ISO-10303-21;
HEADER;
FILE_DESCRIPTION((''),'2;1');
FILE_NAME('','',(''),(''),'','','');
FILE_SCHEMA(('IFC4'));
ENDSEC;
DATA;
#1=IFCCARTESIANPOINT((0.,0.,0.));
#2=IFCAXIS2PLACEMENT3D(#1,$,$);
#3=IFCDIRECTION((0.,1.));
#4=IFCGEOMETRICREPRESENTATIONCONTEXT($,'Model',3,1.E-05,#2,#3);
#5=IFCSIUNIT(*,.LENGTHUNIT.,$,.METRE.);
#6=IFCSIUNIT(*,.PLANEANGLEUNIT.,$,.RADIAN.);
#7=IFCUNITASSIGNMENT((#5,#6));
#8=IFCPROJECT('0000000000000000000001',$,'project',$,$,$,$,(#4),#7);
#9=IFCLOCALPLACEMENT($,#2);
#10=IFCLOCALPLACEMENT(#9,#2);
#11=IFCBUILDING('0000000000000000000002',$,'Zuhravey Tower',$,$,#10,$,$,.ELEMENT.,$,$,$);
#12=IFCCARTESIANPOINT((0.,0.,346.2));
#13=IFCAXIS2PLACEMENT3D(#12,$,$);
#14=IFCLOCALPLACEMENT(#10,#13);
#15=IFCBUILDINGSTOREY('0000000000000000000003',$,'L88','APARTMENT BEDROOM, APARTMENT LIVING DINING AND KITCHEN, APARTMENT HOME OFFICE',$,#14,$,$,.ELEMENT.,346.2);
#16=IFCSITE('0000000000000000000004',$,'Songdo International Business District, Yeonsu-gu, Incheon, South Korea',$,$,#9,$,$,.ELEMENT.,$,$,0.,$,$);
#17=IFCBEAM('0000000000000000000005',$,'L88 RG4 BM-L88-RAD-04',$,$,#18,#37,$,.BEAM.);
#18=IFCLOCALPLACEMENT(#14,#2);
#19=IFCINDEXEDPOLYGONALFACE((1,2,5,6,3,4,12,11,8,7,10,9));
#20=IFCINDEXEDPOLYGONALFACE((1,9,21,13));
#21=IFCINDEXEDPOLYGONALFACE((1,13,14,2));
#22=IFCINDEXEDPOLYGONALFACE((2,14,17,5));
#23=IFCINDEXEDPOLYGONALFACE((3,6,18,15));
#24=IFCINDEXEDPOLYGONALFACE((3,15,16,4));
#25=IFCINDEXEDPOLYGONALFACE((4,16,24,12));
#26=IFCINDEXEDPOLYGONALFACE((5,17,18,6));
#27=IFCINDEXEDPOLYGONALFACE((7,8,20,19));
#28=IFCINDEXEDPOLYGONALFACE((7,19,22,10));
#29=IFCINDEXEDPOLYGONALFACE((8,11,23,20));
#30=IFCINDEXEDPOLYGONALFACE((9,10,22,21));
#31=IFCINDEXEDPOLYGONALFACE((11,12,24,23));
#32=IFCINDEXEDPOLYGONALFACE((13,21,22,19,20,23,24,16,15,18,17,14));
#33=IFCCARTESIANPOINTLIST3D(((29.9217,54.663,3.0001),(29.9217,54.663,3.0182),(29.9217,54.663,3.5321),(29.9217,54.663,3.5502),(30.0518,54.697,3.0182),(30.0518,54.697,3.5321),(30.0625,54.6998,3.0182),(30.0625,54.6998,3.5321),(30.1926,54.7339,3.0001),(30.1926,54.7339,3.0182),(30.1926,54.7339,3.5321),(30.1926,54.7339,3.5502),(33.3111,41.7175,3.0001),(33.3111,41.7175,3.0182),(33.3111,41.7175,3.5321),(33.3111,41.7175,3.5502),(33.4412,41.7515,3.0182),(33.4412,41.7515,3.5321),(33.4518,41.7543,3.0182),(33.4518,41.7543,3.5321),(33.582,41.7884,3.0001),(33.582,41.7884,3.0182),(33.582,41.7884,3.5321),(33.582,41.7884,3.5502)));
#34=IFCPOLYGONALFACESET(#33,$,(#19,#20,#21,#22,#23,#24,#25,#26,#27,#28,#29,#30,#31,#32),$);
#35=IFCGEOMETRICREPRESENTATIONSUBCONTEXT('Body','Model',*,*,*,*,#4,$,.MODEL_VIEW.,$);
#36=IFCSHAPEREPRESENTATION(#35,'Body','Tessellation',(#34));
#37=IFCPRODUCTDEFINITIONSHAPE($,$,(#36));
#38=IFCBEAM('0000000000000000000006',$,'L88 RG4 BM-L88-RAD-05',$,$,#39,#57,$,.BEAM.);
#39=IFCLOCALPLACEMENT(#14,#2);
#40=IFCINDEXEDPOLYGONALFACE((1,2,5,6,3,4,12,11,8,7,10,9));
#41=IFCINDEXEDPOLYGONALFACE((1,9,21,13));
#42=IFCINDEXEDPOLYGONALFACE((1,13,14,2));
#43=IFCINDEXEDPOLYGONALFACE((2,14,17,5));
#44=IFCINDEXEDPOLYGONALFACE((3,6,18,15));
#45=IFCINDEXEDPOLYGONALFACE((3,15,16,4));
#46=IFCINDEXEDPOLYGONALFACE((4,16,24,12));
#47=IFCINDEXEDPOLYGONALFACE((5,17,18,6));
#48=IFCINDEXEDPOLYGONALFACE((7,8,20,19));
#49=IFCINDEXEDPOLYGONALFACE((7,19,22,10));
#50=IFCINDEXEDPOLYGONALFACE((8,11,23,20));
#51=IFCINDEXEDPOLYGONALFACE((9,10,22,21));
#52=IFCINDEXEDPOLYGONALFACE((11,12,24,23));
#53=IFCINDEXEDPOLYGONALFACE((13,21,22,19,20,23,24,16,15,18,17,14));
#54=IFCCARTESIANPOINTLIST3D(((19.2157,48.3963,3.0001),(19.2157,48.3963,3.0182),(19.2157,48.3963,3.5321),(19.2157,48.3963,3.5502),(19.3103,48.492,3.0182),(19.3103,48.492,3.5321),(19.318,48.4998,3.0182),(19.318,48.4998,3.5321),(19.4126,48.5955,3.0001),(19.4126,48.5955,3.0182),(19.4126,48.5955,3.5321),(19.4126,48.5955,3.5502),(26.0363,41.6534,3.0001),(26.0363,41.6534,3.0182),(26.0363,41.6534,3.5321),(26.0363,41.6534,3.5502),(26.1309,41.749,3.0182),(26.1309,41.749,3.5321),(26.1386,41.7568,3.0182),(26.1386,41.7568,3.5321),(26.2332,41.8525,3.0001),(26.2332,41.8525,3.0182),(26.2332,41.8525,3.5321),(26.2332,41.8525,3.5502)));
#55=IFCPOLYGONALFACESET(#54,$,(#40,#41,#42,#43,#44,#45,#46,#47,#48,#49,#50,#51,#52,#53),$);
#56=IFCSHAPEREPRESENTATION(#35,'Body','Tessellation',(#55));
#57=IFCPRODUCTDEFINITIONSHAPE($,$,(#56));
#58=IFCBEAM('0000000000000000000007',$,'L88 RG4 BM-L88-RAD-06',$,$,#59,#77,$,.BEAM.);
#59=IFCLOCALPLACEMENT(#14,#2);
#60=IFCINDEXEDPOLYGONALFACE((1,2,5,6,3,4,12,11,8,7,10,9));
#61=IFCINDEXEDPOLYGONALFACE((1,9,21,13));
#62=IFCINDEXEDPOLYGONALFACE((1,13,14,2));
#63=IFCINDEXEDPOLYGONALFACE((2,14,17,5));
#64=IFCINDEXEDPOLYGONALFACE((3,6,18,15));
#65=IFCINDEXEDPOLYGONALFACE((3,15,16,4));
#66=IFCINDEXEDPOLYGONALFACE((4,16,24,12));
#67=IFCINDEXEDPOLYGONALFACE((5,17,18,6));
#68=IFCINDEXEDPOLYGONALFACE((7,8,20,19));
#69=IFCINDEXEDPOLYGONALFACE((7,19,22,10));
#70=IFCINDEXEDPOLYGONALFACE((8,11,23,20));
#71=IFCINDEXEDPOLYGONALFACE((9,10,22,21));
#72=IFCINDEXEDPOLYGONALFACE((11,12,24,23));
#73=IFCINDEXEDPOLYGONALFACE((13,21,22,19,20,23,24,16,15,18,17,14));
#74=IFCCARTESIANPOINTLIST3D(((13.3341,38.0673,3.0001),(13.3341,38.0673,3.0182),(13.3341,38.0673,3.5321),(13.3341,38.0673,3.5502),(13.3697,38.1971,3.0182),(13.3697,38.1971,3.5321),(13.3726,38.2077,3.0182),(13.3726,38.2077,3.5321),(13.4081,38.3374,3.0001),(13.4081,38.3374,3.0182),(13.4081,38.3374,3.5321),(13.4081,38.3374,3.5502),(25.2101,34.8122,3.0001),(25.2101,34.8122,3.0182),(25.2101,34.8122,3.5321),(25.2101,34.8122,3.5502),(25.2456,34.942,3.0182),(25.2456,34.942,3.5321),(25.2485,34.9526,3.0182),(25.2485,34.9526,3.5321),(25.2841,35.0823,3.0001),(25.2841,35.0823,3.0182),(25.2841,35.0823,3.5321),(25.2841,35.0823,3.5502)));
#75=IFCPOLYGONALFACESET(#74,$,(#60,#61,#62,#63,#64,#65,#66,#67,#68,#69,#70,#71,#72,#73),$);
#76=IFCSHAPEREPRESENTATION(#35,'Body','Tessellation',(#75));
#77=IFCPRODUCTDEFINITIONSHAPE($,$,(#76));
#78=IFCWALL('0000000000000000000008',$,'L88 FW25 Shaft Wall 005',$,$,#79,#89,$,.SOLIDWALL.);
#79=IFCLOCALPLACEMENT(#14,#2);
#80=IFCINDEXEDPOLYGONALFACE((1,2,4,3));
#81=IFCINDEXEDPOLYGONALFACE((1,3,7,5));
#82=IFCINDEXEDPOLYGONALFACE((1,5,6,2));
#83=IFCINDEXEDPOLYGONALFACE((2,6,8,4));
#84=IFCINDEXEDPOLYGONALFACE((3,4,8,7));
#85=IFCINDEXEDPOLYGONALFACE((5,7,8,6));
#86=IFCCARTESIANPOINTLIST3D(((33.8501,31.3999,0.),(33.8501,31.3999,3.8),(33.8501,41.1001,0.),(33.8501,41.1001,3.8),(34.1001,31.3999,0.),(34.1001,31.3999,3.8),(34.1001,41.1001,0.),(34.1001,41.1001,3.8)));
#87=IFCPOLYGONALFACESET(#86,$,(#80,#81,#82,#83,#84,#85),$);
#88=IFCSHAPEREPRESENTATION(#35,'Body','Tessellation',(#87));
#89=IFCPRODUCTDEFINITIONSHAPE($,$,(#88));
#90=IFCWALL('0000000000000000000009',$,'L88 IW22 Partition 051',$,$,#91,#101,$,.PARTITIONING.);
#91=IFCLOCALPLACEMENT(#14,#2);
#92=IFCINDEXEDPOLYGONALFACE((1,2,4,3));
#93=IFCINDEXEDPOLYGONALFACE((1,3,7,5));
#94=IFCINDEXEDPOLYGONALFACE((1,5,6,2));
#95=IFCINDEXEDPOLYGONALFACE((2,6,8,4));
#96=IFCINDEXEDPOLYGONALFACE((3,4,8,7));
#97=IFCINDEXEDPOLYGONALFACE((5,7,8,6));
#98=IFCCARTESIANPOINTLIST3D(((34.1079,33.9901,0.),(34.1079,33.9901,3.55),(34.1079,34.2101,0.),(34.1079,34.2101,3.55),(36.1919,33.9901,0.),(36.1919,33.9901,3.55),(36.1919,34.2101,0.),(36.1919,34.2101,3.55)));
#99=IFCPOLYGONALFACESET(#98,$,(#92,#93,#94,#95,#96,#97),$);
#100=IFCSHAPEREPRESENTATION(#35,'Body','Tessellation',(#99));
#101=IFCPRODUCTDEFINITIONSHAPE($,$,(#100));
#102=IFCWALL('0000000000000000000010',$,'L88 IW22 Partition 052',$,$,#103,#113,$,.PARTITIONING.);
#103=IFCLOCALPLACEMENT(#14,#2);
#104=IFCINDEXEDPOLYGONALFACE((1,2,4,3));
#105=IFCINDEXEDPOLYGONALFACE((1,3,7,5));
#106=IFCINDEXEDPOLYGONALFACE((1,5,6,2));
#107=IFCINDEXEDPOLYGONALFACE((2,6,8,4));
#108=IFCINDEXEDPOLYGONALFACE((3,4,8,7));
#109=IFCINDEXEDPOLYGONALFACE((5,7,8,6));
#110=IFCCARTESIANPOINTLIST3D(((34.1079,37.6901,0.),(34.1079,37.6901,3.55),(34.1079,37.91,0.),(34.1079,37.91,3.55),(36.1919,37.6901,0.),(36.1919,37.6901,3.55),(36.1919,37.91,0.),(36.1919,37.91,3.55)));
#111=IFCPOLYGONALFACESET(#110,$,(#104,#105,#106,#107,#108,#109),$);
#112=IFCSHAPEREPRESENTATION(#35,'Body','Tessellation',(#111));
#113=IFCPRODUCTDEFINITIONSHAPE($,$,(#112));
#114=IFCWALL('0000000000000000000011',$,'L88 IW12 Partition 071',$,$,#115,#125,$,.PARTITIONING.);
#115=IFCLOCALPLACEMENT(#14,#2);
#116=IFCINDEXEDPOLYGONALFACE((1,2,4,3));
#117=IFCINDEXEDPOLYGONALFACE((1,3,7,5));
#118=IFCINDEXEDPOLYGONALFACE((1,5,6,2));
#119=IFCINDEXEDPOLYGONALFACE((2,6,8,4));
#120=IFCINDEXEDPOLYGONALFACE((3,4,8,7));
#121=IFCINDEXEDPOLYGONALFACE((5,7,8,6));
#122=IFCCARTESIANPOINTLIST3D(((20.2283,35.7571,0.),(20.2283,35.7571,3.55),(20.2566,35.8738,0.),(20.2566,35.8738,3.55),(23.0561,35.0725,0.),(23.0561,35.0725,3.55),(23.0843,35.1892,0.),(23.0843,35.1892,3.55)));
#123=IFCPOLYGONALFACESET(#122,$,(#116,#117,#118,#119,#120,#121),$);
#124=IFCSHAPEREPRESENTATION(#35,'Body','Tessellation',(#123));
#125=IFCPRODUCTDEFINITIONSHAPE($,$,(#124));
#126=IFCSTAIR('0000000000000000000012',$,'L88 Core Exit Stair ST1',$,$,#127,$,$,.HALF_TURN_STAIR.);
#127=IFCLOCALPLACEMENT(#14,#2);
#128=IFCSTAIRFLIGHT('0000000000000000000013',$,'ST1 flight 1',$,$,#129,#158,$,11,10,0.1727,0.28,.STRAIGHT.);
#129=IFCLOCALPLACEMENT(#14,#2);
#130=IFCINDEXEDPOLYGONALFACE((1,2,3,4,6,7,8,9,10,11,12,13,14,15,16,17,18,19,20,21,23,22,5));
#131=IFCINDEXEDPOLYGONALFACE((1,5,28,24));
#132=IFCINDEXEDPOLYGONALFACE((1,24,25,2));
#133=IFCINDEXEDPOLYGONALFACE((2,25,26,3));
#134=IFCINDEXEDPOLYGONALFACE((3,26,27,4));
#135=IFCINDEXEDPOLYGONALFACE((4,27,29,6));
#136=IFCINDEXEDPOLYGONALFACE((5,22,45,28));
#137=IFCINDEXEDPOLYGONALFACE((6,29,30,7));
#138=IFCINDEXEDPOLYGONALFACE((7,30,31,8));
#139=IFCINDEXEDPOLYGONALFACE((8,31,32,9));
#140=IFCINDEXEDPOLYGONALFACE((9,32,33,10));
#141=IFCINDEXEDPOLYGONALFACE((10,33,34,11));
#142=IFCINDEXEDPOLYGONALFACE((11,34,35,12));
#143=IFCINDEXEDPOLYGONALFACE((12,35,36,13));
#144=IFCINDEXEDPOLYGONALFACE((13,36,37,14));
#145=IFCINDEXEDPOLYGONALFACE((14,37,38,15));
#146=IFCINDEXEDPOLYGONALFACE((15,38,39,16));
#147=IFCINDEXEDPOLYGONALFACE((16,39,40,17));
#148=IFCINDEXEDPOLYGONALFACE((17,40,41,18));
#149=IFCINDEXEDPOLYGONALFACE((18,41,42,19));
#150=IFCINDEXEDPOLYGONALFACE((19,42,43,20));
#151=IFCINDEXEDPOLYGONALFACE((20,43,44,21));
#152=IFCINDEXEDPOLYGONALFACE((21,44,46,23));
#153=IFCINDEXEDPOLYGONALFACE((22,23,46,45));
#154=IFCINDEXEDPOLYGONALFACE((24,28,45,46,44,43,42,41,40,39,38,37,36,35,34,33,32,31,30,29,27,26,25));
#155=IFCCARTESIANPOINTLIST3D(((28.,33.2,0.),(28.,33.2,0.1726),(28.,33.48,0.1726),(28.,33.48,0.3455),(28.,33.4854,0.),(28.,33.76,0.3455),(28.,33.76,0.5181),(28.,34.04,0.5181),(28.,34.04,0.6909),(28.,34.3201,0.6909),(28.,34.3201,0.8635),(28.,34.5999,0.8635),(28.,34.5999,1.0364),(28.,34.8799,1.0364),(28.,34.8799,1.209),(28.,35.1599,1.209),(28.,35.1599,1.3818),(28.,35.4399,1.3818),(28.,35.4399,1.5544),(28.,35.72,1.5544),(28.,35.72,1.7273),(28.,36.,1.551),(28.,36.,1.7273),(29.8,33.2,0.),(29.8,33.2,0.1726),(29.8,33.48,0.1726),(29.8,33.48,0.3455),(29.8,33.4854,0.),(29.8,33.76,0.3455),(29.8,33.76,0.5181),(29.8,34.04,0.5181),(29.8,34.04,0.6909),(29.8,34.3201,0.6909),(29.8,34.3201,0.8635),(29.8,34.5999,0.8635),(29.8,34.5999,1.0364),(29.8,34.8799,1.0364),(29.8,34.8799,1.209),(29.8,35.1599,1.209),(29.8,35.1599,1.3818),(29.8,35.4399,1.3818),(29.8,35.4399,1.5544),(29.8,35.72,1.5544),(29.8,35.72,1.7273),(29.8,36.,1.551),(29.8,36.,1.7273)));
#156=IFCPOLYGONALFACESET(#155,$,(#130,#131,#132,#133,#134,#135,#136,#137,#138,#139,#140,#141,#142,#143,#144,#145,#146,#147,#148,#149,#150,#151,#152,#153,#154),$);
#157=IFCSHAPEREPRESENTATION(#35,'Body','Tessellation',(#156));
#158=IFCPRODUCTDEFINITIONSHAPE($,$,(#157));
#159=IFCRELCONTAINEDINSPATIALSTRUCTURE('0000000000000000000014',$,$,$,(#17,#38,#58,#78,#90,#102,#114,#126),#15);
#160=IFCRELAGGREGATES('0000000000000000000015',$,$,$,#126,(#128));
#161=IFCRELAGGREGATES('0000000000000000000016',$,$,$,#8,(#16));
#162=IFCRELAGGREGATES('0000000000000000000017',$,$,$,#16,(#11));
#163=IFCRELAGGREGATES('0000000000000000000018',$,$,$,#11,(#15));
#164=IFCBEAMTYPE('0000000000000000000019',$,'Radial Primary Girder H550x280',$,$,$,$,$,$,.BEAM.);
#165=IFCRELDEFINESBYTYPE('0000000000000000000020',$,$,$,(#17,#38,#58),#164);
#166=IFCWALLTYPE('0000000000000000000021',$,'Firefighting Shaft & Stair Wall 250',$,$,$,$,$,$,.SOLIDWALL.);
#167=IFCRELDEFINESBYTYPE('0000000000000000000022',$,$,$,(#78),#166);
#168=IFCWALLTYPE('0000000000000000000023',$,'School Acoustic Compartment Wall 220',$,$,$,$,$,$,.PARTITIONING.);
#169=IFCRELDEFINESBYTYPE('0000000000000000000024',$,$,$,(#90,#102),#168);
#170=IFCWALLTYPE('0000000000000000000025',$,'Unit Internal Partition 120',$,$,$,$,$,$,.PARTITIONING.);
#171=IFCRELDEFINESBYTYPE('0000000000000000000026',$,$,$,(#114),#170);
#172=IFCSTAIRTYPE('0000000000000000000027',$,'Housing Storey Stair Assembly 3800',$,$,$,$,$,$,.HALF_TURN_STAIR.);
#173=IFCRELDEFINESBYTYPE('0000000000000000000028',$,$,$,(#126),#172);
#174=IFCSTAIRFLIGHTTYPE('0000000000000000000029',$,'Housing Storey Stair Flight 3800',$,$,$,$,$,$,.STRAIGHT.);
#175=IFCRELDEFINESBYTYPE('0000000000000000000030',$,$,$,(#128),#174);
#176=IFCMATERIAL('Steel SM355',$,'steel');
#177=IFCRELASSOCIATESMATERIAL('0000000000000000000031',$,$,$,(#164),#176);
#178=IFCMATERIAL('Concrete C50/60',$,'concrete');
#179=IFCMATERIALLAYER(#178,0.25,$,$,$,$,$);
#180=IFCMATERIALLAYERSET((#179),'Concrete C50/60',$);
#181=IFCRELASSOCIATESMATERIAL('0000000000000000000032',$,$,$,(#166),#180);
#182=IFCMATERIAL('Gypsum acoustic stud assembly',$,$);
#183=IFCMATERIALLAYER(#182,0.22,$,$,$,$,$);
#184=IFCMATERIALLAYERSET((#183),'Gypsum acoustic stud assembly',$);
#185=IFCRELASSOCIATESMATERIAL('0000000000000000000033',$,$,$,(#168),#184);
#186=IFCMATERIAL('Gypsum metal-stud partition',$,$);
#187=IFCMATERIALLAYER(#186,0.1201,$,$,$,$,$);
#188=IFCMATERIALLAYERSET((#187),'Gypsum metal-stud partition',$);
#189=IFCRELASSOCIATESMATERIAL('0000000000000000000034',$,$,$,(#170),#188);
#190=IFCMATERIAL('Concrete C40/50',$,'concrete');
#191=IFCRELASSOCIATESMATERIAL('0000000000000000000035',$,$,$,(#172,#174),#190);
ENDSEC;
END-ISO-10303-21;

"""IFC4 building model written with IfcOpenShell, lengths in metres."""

from ifc_helpers import new_model, si_unit, direction, frame, frame_2d, origin, origin_2d, place, context, subcontext, project, spatial, polyline, rectangle, i_section, outline, extrude, material, layer, layer_set, material_profile, profile_set, type_object, element, aggregate, save


model = new_model("IFC4")

# Units and contexts
model_context = context("Model", 3, precision=1e-05, world=origin(), true_north=direction((0.0, 1.0)))
body_context = subcontext(model_context, "Body", "Model", "MODEL_VIEW")
ifc_project = project(units=[si_unit("LENGTHUNIT", "METRE"), si_unit("PLANEANGLEUNIT", "RADIAN")], contexts=[model_context])

# Site, building, storey
site_placement = place(None, origin())
site = spatial("IfcSite", under=ifc_project, at=site_placement, Name="Songdo International Business District, Yeonsu-gu, Incheon, South Korea", CompositionType="ELEMENT", RefElevation=0.0)
building_placement = place(site_placement, origin())
building = spatial("IfcBuilding", under=site, at=building_placement, Name="Zuhravey Tower", CompositionType="ELEMENT")
storey_placement = place(building_placement, frame((0.0, 0.0, 346.2)))
storey = spatial("IfcBuildingStorey", under=building, at=storey_placement, Name="L88", Description="APARTMENT BEDROOM, APARTMENT LIVING DINING AND KITCHEN, APARTMENT HOME OFFICE", CompositionType="ELEMENT", Elevation=346.2)

# Beams
ifc_material_1 = material(Name="Steel SM355", Category="steel")
ifc_material_profile = material_profile(ifc_material_1, i_section(OverallWidth=0.28, OverallDepth=0.55, WebThickness=0.011, FlangeThickness=0.0181, at=origin_2d()), Name="H-550x280x11x18")
ifc_profile_set = profile_set([ifc_material_profile], Name="Steel SM355")
beam_type = type_object("IfcBeamType", Name="Radial Primary Girder H550x280", PredefinedType="BEAM", material=ifc_profile_set)
beam_1_placement = place(storey_placement, frame((33.4465, 41.7529, 3.2751), z_axis=(-0.253283, 0.967392, 0.0), x_axis=(-0.967392, -0.253283, 0.0)))
element("IfcBeam", 1, at=beam_1_placement, inside=storey, type_object=beam_type, Name="L88 RG4 BM-L88-RAD-04", PredefinedType="BEAM", context=body_context, shape_type="SweptSolid", body=[
    extrude(i_section(OverallWidth=0.28, OverallDepth=0.55, WebThickness=0.011, FlangeThickness=0.0181, at=origin_2d()), origin(), (0.0, 0.0, 1.0), 13.3818),
])
beam_2_placement = place(storey_placement, frame((26.1348, 41.7529, 3.2751), z_axis=(-0.711143, 0.703048, 0.0), x_axis=(-0.703048, -0.711143, 0.0)))
element("IfcBeam", 2, at=beam_2_placement, inside=storey, type_object=beam_type, Name="L88 RG4 BM-L88-RAD-05", PredefinedType="BEAM", context=body_context, shape_type="SweptSolid", body=[
    extrude(i_section(OverallWidth=0.28, OverallDepth=0.55, WebThickness=0.011, FlangeThickness=0.0181, at=origin_2d()), origin(), (0.0, 0.0, 1.0), 9.5911),
])
beam_3_placement = place(storey_placement, frame((25.2471, 34.9473, 3.2751), z_axis=(-0.964429, 0.264344, 0.0), x_axis=(-0.264344, -0.964429, 0.0)))
element("IfcBeam", 3, at=beam_3_placement, inside=storey, type_object=beam_type, Name="L88 RG4 BM-L88-RAD-06", PredefinedType="BEAM", context=body_context, shape_type="SweptSolid", body=[
    extrude(i_section(OverallWidth=0.28, OverallDepth=0.55, WebThickness=0.011, FlangeThickness=0.0181, at=origin_2d()), origin(), (0.0, 0.0, 1.0), 12.314),
])

# Walls
ifc_material_2 = material(Name="Concrete C50/60", Category="concrete")
ifc_layer_1 = layer(ifc_material_2, 0.25)
ifc_layer_set_1 = layer_set([ifc_layer_1], Name="Concrete C50/60")
wall_type_1 = type_object("IfcWallType", Name="Firefighting Shaft & Stair Wall 250", PredefinedType="SOLIDWALL", material=ifc_layer_set_1)
wall_1_placement = place(storey_placement, frame((33.9751, 31.3999, 0.0), z_axis=(0.0, 0.0, 1.0), x_axis=(0.0, 1.0, 0.0)))
element("IfcWall", 4, at=wall_1_placement, inside=storey, type_object=wall_type_1, Name="L88 FW25 Shaft Wall 005", PredefinedType="SOLIDWALL", context=body_context, shape_type="SweptSolid", body=[
    extrude(rectangle(XDim=9.7002, YDim=0.25, at=frame_2d((4.8501, 0.0))), origin(), (0.0, 0.0, 1.0), 3.8),
])
ifc_material_3 = material(Name="Gypsum acoustic stud assembly")
ifc_layer_2 = layer(ifc_material_3, 0.22)
ifc_layer_set_2 = layer_set([ifc_layer_2], Name="Gypsum acoustic stud assembly")
wall_type_2 = type_object("IfcWallType", Name="School Acoustic Compartment Wall 220", PredefinedType="PARTITIONING", material=ifc_layer_set_2)
for number, where, z_axis, x_axis, name in (
    (5, (34.1079, 34.1001, 0.0), (0.0, 0.0, 1.0), (1.0, 0.0, 0.0), "L88 IW22 Partition 051"),
    (6, (34.1079, 37.8, 0.0), (0.0, 0.0, 1.0), (1.0, 0.0, 0.0), "L88 IW22 Partition 052"),
):
    element("IfcWall", number, at=place(storey_placement, frame(where, z_axis=z_axis, x_axis=x_axis)), inside=storey, type_object=wall_type_2, Name=name, PredefinedType="PARTITIONING", context=body_context, shape_type="SweptSolid", body=[
        extrude(rectangle(XDim=2.084, YDim=0.22, at=frame_2d((1.042, 0.0))), origin(), (0.0, 0.0, 1.0), 3.55),
    ])
ifc_material_4 = material(Name="Gypsum metal-stud partition")
ifc_layer_3 = layer(ifc_material_4, 0.1201)
ifc_layer_set_3 = layer_set([ifc_layer_3], Name="Gypsum metal-stud partition")
wall_type_3 = type_object("IfcWallType", Name="Unit Internal Partition 120", PredefinedType="PARTITIONING", material=ifc_layer_set_3)
wall_2_placement = place(storey_placement, frame((23.0701, 35.1309, 0.0), z_axis=(0.0, 0.0, 1.0), x_axis=(-0.971922, 0.235302, 0.0)))
element("IfcWall", 7, at=wall_2_placement, inside=storey, type_object=wall_type_3, Name="L88 IW12 Partition 071", PredefinedType="PARTITIONING", context=body_context, shape_type="SweptSolid", body=[
    extrude(rectangle(XDim=2.9094, YDim=0.1201, at=frame_2d((1.4546, 0.0))), origin(), (0.0, 0.0, 1.0), 3.55),
])

# Stair, stair flight
ifc_material_5 = material(Name="Concrete C40/50", Category="concrete")
stair_type = type_object("IfcStairType", Name="Housing Storey Stair Assembly 3800", PredefinedType="HALF_TURN_STAIR", material=ifc_material_5)
stair_1_placement = place(storey_placement, origin())
stair_1 = element("IfcStair", 8, at=stair_1_placement, inside=storey, type_object=stair_type, Name="L88 Core Exit Stair ST1", PredefinedType="HALF_TURN_STAIR")
stair_flight_type = type_object("IfcStairFlightType", Name="Housing Storey Stair Flight 3800", PredefinedType="STRAIGHT", material=ifc_material_5)
stair_flight_1_placement = place(storey_placement, frame((28.8999, 33.2, 0.0), z_axis=(0.0, 0.0, 1.0), x_axis=(0.0, 1.0, 0.0)))
stair_flight_1 = element("IfcStairFlight", 9, at=stair_flight_1_placement, type_object=stair_flight_type, Name="ST1 flight 1", NumberOfRisers=11, NumberOfTreads=10, PredefinedType="STRAIGHT", RiserHeight=0.1727, TreadLength=0.28, context=body_context, shape_type="SweptSolid", body=[
    extrude(outline(polyline([(0.0, 0.0), (0.0, 0.1726), (0.28, 0.1726), (0.28, 0.3455), (0.5601, 0.3455), (0.5601, 0.5181), (0.8401, 0.5181), (0.8401, 0.6909), (1.1201, 0.6909), (1.1201, 0.8635), (1.3999, 0.8635), (1.3999, 1.0364), (1.6799, 1.0364), (1.6799, 1.209), (1.96, 1.209), (1.96, 1.3818), (2.24, 1.3818), (2.24, 1.5544), (2.52, 1.5544), (2.52, 1.7273), (2.8, 1.7273), (2.8, 1.8999), (2.8, 1.551), (0.2854, 0.0), (0.0, 0.0)])), frame((0.0, 0.8999, 0.0), z_axis=(0.0, -1.0, 0.0), x_axis=(1.0, 0.0, 0.0)), (0.0, 0.0, 1.0), 1.8),
])
aggregate(stair_1, [stair_flight_1])

save(model, "model.ifc")
